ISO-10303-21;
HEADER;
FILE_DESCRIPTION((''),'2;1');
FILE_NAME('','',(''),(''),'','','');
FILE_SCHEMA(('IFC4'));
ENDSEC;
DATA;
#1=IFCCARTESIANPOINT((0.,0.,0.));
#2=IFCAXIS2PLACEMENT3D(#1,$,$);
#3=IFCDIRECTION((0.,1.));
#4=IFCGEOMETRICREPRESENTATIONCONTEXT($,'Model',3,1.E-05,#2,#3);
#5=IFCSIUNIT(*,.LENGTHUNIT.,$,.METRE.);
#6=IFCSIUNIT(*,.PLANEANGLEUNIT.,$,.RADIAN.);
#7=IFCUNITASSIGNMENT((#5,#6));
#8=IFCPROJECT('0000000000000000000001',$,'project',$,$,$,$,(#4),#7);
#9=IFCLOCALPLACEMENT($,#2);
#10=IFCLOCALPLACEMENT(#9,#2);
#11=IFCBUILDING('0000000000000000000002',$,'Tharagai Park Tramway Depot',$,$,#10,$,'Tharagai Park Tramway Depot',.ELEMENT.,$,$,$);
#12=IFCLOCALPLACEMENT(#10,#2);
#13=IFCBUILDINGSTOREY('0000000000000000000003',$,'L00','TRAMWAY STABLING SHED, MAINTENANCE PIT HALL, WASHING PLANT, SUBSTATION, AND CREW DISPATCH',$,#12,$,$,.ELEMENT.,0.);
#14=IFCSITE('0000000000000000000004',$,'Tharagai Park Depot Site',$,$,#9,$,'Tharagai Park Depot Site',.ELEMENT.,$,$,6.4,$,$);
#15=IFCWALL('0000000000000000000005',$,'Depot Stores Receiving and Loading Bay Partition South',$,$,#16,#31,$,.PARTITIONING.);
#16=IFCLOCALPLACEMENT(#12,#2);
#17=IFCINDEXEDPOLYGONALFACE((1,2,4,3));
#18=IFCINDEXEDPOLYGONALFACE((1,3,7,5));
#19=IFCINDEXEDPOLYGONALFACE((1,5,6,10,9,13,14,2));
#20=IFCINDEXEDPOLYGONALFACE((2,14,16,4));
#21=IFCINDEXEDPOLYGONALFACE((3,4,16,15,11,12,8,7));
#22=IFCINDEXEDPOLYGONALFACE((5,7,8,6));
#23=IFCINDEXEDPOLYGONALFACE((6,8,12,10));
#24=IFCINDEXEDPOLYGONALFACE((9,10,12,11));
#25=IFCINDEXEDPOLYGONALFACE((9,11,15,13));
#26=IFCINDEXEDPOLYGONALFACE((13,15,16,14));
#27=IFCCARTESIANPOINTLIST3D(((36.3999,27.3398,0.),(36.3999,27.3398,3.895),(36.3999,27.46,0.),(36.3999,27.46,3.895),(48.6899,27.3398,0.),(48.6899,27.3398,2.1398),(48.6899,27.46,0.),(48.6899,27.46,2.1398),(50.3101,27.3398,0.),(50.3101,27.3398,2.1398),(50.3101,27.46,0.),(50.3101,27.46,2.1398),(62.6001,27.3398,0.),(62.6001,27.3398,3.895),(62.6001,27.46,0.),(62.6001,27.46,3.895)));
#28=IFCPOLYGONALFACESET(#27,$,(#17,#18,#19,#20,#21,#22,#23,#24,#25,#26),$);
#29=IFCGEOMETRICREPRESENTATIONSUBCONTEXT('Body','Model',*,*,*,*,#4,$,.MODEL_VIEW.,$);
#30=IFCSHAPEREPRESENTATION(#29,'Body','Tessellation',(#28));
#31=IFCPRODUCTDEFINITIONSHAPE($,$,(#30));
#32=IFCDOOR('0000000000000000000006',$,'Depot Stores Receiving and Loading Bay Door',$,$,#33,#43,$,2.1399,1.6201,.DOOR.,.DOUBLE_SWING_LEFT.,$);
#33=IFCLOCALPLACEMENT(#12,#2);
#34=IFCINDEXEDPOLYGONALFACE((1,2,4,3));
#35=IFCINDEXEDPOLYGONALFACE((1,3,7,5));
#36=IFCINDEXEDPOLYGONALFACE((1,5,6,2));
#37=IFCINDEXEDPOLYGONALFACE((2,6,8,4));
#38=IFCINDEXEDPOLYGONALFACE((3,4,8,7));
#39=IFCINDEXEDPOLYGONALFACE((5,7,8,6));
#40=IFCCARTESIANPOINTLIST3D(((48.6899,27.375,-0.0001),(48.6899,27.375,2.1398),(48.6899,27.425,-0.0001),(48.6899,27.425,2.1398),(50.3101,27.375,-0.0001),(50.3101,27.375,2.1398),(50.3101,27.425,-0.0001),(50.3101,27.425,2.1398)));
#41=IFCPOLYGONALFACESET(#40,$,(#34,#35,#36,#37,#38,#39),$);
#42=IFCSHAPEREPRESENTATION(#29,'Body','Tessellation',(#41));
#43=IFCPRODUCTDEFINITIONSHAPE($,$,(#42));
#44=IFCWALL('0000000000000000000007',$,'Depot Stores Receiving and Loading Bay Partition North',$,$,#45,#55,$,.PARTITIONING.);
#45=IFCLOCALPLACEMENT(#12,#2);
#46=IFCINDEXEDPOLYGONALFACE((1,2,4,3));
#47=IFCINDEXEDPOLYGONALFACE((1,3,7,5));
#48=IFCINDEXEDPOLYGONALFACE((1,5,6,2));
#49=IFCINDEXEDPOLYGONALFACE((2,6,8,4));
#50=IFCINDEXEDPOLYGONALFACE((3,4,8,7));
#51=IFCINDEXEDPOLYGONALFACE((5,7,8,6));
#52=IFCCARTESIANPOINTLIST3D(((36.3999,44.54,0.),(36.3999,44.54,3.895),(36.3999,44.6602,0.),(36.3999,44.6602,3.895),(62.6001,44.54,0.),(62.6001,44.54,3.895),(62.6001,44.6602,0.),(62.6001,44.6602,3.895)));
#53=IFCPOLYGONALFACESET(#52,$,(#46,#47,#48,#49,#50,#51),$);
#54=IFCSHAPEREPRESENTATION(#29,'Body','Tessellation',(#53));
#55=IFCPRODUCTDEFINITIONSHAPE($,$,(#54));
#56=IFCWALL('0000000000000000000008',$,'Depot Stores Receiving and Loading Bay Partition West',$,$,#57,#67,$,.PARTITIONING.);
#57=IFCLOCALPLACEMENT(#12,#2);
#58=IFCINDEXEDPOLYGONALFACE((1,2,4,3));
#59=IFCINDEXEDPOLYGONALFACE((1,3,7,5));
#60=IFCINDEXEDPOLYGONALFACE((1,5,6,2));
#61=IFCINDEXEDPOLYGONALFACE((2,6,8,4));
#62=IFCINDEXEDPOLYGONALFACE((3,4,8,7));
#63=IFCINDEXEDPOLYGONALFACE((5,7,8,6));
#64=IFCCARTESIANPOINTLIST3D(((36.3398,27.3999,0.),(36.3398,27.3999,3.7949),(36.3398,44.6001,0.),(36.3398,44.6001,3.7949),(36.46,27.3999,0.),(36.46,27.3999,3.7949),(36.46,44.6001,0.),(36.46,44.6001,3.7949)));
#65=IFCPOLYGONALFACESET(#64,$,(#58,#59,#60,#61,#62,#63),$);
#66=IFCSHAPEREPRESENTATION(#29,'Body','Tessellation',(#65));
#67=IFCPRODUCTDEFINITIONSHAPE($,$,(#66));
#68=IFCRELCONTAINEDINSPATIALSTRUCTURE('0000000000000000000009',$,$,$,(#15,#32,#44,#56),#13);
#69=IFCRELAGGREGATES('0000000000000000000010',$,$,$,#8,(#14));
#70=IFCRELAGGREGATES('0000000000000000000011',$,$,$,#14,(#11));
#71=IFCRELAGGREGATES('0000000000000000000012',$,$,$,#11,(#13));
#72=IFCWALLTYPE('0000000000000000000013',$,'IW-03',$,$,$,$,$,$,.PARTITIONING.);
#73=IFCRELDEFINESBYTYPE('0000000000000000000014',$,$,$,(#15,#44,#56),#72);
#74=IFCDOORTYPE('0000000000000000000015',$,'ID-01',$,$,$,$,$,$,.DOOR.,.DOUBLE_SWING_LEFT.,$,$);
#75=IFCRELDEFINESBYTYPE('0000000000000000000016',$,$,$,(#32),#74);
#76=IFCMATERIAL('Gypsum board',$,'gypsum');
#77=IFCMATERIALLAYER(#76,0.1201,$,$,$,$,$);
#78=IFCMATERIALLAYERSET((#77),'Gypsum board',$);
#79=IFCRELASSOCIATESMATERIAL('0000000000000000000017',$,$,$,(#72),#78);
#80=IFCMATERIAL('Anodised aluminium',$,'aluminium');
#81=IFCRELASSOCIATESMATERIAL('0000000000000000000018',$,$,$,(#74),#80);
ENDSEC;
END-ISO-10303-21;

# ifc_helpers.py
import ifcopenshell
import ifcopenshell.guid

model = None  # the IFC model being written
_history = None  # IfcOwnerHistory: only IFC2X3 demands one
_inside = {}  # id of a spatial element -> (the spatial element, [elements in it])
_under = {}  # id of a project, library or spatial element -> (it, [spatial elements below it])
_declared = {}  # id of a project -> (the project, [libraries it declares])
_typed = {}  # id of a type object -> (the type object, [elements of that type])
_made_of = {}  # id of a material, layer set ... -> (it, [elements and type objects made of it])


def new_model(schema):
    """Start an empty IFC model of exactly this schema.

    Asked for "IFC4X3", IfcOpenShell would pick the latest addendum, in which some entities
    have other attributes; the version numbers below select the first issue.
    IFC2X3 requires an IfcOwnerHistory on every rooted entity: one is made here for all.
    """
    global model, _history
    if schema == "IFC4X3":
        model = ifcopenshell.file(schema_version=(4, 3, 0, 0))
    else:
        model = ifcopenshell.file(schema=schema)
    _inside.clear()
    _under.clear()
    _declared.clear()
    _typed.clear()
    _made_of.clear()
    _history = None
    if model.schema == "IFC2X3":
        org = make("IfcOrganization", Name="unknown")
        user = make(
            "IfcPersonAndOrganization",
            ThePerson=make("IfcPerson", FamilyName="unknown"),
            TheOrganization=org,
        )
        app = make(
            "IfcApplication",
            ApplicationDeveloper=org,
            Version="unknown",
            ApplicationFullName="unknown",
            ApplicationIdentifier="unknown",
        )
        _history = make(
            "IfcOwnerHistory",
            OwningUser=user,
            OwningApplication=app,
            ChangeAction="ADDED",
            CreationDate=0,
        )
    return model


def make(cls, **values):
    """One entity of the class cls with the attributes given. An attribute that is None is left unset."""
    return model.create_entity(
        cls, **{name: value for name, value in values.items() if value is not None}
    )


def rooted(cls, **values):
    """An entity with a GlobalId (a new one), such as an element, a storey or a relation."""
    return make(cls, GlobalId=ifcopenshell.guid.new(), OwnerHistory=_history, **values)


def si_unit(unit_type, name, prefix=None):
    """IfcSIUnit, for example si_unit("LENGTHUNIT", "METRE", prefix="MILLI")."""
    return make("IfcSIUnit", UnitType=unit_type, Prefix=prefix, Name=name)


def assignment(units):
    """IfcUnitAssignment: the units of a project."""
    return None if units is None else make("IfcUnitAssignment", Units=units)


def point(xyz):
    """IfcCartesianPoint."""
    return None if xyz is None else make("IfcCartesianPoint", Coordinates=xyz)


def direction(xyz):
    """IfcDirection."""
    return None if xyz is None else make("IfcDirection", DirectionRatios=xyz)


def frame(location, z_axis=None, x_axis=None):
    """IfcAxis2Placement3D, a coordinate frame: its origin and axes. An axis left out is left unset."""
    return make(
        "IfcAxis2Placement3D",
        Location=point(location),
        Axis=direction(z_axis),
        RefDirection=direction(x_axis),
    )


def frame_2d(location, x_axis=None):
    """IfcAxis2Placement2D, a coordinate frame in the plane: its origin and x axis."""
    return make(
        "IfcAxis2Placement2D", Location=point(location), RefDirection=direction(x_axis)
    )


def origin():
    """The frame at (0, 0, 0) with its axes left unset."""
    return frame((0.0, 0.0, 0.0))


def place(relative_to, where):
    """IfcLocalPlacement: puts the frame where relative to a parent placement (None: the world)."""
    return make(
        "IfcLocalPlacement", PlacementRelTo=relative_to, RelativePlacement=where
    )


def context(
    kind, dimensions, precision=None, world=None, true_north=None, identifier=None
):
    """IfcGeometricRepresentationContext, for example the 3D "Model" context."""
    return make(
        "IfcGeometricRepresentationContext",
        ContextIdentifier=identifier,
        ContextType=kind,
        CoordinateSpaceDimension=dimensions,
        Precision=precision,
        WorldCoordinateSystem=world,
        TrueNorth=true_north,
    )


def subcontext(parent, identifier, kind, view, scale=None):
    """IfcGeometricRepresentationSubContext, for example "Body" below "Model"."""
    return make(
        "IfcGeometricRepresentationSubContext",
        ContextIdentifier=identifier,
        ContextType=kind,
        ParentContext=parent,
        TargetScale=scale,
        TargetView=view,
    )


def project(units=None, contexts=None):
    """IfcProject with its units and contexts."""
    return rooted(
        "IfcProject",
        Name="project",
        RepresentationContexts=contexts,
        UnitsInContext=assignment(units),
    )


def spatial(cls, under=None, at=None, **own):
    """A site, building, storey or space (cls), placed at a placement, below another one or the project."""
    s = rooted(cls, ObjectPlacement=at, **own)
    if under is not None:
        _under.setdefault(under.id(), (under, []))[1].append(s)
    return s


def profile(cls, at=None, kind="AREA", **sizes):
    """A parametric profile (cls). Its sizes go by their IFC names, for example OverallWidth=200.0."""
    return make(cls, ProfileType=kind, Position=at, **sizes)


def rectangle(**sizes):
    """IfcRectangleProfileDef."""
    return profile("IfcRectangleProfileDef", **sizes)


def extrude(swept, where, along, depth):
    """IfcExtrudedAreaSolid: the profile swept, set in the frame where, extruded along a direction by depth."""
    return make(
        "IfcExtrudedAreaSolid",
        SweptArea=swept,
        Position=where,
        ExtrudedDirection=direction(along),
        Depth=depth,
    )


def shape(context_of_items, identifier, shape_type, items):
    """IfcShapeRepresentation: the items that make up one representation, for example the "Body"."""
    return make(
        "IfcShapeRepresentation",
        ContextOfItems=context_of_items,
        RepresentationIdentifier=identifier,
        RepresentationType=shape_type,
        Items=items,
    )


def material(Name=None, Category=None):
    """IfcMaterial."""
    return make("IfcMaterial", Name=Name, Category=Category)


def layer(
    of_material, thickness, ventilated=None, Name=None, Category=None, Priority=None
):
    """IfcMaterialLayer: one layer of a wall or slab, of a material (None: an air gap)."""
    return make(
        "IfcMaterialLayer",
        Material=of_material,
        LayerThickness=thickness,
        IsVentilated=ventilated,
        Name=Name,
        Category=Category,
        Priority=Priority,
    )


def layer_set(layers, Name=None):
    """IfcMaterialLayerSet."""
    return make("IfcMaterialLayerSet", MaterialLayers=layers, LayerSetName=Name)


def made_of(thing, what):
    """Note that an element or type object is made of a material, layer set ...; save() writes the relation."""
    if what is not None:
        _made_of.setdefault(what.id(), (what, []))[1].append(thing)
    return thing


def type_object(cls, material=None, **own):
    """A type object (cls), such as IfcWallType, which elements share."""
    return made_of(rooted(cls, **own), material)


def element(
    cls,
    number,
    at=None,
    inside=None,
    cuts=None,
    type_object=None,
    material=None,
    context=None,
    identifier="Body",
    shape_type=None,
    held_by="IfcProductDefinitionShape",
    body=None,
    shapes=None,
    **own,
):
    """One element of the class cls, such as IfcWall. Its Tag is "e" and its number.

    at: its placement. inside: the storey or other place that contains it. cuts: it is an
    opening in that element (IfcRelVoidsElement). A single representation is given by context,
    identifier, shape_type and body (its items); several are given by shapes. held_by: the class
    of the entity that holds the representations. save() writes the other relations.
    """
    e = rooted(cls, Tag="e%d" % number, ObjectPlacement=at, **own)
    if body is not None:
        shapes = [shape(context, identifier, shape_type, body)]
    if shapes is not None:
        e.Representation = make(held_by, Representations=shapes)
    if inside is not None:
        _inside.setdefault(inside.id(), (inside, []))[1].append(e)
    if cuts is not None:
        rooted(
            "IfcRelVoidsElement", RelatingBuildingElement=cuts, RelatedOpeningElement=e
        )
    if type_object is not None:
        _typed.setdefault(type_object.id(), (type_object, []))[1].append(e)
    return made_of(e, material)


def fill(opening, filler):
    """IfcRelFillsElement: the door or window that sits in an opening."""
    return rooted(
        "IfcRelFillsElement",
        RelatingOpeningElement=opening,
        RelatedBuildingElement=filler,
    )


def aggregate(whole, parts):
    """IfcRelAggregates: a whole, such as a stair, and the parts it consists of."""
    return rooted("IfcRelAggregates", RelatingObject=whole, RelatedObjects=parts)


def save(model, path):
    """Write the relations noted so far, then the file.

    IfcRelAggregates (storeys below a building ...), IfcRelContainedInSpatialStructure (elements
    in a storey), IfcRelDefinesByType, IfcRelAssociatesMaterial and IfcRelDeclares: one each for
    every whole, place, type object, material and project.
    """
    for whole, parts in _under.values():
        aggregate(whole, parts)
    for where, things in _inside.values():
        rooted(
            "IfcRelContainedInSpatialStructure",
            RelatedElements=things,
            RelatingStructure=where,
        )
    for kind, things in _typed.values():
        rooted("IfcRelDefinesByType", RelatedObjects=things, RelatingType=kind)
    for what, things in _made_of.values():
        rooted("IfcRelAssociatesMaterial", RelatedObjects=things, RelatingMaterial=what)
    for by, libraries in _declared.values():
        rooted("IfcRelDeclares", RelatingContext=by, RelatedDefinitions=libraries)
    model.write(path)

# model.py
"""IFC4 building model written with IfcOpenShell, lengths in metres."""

from ifc_helpers import new_model, si_unit, direction, frame, frame_2d, origin, place, context, subcontext, project, spatial, rectangle, extrude, material, layer, layer_set, type_object, element, fill, save


model = new_model("IFC4")

# Units and contexts
model_context = context("Model", 3, precision=1e-05, world=origin(), true_north=direction((0.0, 1.0)))
body_context = subcontext(model_context, "Body", "Model", "MODEL_VIEW")
ifc_project = project(units=[si_unit("LENGTHUNIT", "METRE"), si_unit("PLANEANGLEUNIT", "RADIAN")], contexts=[model_context])

# Site, building, storey
site_placement = place(None, origin())
site = spatial("IfcSite", under=ifc_project, at=site_placement, Name="Tharagai Park Depot Site", LongName="Tharagai Park Depot Site", CompositionType="ELEMENT", RefElevation=6.4)
building_placement = place(site_placement, origin())
building = spatial("IfcBuilding", under=site, at=building_placement, Name="Tharagai Park Tramway Depot", LongName="Tharagai Park Tramway Depot", CompositionType="ELEMENT")
storey_placement = place(building_placement, origin())
storey = spatial("IfcBuildingStorey", under=building, at=storey_placement, Name="L00", Description="TRAMWAY STABLING SHED, MAINTENANCE PIT HALL, WASHING PLANT, SUBSTATION, AND CREW DISPATCH", CompositionType="ELEMENT", Elevation=0.0)

# Wall, opening, door
ifc_material_1 = material(Name="Gypsum board", Category="gypsum")
ifc_layer_1 = layer(ifc_material_1, 0.1201)
ifc_layer_set_1 = layer_set([ifc_layer_1], Name="Gypsum board")
wall_type_1 = type_object("IfcWallType", Name="IW-03", PredefinedType="PARTITIONING", material=ifc_layer_set_1)
wall_1_placement = place(storey_placement, frame((36.3999, 27.3999, 0.0), z_axis=(0.0, 0.0, 1.0), x_axis=(1.0, 0.0, 0.0)))
wall_1 = element("IfcWall", 1, at=wall_1_placement, inside=storey, type_object=wall_type_1, Name="Depot Stores Receiving and Loading Bay Partition South", PredefinedType="PARTITIONING", context=body_context, shape_type="SweptSolid", body=[
    extrude(rectangle(XDim=26.2002, YDim=0.1201, at=frame_2d((13.1001, 0.0))), origin(), (0.0, 0.0, 1.0), 3.895),
])
opening_placement = place(wall_1_placement, frame((12.29, 0.0, 0.0)))
opening = element("IfcOpeningElement", 2, at=opening_placement, cuts=wall_1, PredefinedType="OPENING", context=body_context, shape_type="SweptSolid", body=[
    extrude(rectangle(XDim=1.6201, YDim=2.1399, at=frame_2d((0.8101, 1.0698))), frame((0.0, 0.0701, 0.0), z_axis=(0.0, -1.0, 0.0), x_axis=(1.0, 0.0, 0.0)), (0.0, 0.0, 1.0), 0.1401),
])
ifc_material_2 = material(Name="Anodised aluminium", Category="aluminium")
door_type = type_object("IfcDoorType", Name="ID-01", OperationType="DOUBLE_SWING_LEFT", PredefinedType="DOOR", material=ifc_material_2)
door_placement = place(opening_placement, frame((1.6201, 0.0, 0.0), z_axis=(0.0, 0.0, 1.0), x_axis=(-1.0, 0.0, 0.0)))
door = element("IfcDoor", 3, at=door_placement, inside=storey, type_object=door_type, Name="Depot Stores Receiving and Loading Bay Door", OperationType="DOUBLE_SWING_LEFT", OverallHeight=2.1399, OverallWidth=1.6201, PredefinedType="DOOR", context=body_context, shape_type="SweptSolid", body=[
    extrude(rectangle(XDim=1.6201, YDim=2.1399, at=frame_2d((0.8101, 1.0698))), frame((0.0, 0.0249, 0.0), z_axis=(0.0, -1.0, 0.0), x_axis=(1.0, 0.0, 0.0)), (0.0, 0.0, 1.0), 0.05),
])
fill(opening, door)

# Walls
wall_2_placement = place(storey_placement, frame((36.3999, 44.6001, 0.0), z_axis=(0.0, 0.0, 1.0), x_axis=(1.0, 0.0, 0.0)))
element("IfcWall", 4, at=wall_2_placement, inside=storey, type_object=wall_type_1, Name="Depot Stores Receiving and Loading Bay Partition North", PredefinedType="PARTITIONING", context=body_context, shape_type="SweptSolid", body=[
    extrude(rectangle(XDim=26.2002, YDim=0.1201, at=frame_2d((13.1001, 0.0))), origin(), (0.0, 0.0, 1.0), 3.895),
])
wall_3_placement = place(storey_placement, frame((36.3999, 27.3999, 0.0), z_axis=(0.0, 0.0, 1.0), x_axis=(0.0, 1.0, 0.0)))
element("IfcWall", 5, at=wall_3_placement, inside=storey, type_object=wall_type_1, Name="Depot Stores Receiving and Loading Bay Partition West", PredefinedType="PARTITIONING", context=body_context, shape_type="SweptSolid", body=[
    extrude(rectangle(XDim=17.2002, YDim=0.1201, at=frame_2d((8.6001, 0.0))), origin(), (0.0, 0.0, 1.0), 3.7949),
])

save(model, "model.ifc")
